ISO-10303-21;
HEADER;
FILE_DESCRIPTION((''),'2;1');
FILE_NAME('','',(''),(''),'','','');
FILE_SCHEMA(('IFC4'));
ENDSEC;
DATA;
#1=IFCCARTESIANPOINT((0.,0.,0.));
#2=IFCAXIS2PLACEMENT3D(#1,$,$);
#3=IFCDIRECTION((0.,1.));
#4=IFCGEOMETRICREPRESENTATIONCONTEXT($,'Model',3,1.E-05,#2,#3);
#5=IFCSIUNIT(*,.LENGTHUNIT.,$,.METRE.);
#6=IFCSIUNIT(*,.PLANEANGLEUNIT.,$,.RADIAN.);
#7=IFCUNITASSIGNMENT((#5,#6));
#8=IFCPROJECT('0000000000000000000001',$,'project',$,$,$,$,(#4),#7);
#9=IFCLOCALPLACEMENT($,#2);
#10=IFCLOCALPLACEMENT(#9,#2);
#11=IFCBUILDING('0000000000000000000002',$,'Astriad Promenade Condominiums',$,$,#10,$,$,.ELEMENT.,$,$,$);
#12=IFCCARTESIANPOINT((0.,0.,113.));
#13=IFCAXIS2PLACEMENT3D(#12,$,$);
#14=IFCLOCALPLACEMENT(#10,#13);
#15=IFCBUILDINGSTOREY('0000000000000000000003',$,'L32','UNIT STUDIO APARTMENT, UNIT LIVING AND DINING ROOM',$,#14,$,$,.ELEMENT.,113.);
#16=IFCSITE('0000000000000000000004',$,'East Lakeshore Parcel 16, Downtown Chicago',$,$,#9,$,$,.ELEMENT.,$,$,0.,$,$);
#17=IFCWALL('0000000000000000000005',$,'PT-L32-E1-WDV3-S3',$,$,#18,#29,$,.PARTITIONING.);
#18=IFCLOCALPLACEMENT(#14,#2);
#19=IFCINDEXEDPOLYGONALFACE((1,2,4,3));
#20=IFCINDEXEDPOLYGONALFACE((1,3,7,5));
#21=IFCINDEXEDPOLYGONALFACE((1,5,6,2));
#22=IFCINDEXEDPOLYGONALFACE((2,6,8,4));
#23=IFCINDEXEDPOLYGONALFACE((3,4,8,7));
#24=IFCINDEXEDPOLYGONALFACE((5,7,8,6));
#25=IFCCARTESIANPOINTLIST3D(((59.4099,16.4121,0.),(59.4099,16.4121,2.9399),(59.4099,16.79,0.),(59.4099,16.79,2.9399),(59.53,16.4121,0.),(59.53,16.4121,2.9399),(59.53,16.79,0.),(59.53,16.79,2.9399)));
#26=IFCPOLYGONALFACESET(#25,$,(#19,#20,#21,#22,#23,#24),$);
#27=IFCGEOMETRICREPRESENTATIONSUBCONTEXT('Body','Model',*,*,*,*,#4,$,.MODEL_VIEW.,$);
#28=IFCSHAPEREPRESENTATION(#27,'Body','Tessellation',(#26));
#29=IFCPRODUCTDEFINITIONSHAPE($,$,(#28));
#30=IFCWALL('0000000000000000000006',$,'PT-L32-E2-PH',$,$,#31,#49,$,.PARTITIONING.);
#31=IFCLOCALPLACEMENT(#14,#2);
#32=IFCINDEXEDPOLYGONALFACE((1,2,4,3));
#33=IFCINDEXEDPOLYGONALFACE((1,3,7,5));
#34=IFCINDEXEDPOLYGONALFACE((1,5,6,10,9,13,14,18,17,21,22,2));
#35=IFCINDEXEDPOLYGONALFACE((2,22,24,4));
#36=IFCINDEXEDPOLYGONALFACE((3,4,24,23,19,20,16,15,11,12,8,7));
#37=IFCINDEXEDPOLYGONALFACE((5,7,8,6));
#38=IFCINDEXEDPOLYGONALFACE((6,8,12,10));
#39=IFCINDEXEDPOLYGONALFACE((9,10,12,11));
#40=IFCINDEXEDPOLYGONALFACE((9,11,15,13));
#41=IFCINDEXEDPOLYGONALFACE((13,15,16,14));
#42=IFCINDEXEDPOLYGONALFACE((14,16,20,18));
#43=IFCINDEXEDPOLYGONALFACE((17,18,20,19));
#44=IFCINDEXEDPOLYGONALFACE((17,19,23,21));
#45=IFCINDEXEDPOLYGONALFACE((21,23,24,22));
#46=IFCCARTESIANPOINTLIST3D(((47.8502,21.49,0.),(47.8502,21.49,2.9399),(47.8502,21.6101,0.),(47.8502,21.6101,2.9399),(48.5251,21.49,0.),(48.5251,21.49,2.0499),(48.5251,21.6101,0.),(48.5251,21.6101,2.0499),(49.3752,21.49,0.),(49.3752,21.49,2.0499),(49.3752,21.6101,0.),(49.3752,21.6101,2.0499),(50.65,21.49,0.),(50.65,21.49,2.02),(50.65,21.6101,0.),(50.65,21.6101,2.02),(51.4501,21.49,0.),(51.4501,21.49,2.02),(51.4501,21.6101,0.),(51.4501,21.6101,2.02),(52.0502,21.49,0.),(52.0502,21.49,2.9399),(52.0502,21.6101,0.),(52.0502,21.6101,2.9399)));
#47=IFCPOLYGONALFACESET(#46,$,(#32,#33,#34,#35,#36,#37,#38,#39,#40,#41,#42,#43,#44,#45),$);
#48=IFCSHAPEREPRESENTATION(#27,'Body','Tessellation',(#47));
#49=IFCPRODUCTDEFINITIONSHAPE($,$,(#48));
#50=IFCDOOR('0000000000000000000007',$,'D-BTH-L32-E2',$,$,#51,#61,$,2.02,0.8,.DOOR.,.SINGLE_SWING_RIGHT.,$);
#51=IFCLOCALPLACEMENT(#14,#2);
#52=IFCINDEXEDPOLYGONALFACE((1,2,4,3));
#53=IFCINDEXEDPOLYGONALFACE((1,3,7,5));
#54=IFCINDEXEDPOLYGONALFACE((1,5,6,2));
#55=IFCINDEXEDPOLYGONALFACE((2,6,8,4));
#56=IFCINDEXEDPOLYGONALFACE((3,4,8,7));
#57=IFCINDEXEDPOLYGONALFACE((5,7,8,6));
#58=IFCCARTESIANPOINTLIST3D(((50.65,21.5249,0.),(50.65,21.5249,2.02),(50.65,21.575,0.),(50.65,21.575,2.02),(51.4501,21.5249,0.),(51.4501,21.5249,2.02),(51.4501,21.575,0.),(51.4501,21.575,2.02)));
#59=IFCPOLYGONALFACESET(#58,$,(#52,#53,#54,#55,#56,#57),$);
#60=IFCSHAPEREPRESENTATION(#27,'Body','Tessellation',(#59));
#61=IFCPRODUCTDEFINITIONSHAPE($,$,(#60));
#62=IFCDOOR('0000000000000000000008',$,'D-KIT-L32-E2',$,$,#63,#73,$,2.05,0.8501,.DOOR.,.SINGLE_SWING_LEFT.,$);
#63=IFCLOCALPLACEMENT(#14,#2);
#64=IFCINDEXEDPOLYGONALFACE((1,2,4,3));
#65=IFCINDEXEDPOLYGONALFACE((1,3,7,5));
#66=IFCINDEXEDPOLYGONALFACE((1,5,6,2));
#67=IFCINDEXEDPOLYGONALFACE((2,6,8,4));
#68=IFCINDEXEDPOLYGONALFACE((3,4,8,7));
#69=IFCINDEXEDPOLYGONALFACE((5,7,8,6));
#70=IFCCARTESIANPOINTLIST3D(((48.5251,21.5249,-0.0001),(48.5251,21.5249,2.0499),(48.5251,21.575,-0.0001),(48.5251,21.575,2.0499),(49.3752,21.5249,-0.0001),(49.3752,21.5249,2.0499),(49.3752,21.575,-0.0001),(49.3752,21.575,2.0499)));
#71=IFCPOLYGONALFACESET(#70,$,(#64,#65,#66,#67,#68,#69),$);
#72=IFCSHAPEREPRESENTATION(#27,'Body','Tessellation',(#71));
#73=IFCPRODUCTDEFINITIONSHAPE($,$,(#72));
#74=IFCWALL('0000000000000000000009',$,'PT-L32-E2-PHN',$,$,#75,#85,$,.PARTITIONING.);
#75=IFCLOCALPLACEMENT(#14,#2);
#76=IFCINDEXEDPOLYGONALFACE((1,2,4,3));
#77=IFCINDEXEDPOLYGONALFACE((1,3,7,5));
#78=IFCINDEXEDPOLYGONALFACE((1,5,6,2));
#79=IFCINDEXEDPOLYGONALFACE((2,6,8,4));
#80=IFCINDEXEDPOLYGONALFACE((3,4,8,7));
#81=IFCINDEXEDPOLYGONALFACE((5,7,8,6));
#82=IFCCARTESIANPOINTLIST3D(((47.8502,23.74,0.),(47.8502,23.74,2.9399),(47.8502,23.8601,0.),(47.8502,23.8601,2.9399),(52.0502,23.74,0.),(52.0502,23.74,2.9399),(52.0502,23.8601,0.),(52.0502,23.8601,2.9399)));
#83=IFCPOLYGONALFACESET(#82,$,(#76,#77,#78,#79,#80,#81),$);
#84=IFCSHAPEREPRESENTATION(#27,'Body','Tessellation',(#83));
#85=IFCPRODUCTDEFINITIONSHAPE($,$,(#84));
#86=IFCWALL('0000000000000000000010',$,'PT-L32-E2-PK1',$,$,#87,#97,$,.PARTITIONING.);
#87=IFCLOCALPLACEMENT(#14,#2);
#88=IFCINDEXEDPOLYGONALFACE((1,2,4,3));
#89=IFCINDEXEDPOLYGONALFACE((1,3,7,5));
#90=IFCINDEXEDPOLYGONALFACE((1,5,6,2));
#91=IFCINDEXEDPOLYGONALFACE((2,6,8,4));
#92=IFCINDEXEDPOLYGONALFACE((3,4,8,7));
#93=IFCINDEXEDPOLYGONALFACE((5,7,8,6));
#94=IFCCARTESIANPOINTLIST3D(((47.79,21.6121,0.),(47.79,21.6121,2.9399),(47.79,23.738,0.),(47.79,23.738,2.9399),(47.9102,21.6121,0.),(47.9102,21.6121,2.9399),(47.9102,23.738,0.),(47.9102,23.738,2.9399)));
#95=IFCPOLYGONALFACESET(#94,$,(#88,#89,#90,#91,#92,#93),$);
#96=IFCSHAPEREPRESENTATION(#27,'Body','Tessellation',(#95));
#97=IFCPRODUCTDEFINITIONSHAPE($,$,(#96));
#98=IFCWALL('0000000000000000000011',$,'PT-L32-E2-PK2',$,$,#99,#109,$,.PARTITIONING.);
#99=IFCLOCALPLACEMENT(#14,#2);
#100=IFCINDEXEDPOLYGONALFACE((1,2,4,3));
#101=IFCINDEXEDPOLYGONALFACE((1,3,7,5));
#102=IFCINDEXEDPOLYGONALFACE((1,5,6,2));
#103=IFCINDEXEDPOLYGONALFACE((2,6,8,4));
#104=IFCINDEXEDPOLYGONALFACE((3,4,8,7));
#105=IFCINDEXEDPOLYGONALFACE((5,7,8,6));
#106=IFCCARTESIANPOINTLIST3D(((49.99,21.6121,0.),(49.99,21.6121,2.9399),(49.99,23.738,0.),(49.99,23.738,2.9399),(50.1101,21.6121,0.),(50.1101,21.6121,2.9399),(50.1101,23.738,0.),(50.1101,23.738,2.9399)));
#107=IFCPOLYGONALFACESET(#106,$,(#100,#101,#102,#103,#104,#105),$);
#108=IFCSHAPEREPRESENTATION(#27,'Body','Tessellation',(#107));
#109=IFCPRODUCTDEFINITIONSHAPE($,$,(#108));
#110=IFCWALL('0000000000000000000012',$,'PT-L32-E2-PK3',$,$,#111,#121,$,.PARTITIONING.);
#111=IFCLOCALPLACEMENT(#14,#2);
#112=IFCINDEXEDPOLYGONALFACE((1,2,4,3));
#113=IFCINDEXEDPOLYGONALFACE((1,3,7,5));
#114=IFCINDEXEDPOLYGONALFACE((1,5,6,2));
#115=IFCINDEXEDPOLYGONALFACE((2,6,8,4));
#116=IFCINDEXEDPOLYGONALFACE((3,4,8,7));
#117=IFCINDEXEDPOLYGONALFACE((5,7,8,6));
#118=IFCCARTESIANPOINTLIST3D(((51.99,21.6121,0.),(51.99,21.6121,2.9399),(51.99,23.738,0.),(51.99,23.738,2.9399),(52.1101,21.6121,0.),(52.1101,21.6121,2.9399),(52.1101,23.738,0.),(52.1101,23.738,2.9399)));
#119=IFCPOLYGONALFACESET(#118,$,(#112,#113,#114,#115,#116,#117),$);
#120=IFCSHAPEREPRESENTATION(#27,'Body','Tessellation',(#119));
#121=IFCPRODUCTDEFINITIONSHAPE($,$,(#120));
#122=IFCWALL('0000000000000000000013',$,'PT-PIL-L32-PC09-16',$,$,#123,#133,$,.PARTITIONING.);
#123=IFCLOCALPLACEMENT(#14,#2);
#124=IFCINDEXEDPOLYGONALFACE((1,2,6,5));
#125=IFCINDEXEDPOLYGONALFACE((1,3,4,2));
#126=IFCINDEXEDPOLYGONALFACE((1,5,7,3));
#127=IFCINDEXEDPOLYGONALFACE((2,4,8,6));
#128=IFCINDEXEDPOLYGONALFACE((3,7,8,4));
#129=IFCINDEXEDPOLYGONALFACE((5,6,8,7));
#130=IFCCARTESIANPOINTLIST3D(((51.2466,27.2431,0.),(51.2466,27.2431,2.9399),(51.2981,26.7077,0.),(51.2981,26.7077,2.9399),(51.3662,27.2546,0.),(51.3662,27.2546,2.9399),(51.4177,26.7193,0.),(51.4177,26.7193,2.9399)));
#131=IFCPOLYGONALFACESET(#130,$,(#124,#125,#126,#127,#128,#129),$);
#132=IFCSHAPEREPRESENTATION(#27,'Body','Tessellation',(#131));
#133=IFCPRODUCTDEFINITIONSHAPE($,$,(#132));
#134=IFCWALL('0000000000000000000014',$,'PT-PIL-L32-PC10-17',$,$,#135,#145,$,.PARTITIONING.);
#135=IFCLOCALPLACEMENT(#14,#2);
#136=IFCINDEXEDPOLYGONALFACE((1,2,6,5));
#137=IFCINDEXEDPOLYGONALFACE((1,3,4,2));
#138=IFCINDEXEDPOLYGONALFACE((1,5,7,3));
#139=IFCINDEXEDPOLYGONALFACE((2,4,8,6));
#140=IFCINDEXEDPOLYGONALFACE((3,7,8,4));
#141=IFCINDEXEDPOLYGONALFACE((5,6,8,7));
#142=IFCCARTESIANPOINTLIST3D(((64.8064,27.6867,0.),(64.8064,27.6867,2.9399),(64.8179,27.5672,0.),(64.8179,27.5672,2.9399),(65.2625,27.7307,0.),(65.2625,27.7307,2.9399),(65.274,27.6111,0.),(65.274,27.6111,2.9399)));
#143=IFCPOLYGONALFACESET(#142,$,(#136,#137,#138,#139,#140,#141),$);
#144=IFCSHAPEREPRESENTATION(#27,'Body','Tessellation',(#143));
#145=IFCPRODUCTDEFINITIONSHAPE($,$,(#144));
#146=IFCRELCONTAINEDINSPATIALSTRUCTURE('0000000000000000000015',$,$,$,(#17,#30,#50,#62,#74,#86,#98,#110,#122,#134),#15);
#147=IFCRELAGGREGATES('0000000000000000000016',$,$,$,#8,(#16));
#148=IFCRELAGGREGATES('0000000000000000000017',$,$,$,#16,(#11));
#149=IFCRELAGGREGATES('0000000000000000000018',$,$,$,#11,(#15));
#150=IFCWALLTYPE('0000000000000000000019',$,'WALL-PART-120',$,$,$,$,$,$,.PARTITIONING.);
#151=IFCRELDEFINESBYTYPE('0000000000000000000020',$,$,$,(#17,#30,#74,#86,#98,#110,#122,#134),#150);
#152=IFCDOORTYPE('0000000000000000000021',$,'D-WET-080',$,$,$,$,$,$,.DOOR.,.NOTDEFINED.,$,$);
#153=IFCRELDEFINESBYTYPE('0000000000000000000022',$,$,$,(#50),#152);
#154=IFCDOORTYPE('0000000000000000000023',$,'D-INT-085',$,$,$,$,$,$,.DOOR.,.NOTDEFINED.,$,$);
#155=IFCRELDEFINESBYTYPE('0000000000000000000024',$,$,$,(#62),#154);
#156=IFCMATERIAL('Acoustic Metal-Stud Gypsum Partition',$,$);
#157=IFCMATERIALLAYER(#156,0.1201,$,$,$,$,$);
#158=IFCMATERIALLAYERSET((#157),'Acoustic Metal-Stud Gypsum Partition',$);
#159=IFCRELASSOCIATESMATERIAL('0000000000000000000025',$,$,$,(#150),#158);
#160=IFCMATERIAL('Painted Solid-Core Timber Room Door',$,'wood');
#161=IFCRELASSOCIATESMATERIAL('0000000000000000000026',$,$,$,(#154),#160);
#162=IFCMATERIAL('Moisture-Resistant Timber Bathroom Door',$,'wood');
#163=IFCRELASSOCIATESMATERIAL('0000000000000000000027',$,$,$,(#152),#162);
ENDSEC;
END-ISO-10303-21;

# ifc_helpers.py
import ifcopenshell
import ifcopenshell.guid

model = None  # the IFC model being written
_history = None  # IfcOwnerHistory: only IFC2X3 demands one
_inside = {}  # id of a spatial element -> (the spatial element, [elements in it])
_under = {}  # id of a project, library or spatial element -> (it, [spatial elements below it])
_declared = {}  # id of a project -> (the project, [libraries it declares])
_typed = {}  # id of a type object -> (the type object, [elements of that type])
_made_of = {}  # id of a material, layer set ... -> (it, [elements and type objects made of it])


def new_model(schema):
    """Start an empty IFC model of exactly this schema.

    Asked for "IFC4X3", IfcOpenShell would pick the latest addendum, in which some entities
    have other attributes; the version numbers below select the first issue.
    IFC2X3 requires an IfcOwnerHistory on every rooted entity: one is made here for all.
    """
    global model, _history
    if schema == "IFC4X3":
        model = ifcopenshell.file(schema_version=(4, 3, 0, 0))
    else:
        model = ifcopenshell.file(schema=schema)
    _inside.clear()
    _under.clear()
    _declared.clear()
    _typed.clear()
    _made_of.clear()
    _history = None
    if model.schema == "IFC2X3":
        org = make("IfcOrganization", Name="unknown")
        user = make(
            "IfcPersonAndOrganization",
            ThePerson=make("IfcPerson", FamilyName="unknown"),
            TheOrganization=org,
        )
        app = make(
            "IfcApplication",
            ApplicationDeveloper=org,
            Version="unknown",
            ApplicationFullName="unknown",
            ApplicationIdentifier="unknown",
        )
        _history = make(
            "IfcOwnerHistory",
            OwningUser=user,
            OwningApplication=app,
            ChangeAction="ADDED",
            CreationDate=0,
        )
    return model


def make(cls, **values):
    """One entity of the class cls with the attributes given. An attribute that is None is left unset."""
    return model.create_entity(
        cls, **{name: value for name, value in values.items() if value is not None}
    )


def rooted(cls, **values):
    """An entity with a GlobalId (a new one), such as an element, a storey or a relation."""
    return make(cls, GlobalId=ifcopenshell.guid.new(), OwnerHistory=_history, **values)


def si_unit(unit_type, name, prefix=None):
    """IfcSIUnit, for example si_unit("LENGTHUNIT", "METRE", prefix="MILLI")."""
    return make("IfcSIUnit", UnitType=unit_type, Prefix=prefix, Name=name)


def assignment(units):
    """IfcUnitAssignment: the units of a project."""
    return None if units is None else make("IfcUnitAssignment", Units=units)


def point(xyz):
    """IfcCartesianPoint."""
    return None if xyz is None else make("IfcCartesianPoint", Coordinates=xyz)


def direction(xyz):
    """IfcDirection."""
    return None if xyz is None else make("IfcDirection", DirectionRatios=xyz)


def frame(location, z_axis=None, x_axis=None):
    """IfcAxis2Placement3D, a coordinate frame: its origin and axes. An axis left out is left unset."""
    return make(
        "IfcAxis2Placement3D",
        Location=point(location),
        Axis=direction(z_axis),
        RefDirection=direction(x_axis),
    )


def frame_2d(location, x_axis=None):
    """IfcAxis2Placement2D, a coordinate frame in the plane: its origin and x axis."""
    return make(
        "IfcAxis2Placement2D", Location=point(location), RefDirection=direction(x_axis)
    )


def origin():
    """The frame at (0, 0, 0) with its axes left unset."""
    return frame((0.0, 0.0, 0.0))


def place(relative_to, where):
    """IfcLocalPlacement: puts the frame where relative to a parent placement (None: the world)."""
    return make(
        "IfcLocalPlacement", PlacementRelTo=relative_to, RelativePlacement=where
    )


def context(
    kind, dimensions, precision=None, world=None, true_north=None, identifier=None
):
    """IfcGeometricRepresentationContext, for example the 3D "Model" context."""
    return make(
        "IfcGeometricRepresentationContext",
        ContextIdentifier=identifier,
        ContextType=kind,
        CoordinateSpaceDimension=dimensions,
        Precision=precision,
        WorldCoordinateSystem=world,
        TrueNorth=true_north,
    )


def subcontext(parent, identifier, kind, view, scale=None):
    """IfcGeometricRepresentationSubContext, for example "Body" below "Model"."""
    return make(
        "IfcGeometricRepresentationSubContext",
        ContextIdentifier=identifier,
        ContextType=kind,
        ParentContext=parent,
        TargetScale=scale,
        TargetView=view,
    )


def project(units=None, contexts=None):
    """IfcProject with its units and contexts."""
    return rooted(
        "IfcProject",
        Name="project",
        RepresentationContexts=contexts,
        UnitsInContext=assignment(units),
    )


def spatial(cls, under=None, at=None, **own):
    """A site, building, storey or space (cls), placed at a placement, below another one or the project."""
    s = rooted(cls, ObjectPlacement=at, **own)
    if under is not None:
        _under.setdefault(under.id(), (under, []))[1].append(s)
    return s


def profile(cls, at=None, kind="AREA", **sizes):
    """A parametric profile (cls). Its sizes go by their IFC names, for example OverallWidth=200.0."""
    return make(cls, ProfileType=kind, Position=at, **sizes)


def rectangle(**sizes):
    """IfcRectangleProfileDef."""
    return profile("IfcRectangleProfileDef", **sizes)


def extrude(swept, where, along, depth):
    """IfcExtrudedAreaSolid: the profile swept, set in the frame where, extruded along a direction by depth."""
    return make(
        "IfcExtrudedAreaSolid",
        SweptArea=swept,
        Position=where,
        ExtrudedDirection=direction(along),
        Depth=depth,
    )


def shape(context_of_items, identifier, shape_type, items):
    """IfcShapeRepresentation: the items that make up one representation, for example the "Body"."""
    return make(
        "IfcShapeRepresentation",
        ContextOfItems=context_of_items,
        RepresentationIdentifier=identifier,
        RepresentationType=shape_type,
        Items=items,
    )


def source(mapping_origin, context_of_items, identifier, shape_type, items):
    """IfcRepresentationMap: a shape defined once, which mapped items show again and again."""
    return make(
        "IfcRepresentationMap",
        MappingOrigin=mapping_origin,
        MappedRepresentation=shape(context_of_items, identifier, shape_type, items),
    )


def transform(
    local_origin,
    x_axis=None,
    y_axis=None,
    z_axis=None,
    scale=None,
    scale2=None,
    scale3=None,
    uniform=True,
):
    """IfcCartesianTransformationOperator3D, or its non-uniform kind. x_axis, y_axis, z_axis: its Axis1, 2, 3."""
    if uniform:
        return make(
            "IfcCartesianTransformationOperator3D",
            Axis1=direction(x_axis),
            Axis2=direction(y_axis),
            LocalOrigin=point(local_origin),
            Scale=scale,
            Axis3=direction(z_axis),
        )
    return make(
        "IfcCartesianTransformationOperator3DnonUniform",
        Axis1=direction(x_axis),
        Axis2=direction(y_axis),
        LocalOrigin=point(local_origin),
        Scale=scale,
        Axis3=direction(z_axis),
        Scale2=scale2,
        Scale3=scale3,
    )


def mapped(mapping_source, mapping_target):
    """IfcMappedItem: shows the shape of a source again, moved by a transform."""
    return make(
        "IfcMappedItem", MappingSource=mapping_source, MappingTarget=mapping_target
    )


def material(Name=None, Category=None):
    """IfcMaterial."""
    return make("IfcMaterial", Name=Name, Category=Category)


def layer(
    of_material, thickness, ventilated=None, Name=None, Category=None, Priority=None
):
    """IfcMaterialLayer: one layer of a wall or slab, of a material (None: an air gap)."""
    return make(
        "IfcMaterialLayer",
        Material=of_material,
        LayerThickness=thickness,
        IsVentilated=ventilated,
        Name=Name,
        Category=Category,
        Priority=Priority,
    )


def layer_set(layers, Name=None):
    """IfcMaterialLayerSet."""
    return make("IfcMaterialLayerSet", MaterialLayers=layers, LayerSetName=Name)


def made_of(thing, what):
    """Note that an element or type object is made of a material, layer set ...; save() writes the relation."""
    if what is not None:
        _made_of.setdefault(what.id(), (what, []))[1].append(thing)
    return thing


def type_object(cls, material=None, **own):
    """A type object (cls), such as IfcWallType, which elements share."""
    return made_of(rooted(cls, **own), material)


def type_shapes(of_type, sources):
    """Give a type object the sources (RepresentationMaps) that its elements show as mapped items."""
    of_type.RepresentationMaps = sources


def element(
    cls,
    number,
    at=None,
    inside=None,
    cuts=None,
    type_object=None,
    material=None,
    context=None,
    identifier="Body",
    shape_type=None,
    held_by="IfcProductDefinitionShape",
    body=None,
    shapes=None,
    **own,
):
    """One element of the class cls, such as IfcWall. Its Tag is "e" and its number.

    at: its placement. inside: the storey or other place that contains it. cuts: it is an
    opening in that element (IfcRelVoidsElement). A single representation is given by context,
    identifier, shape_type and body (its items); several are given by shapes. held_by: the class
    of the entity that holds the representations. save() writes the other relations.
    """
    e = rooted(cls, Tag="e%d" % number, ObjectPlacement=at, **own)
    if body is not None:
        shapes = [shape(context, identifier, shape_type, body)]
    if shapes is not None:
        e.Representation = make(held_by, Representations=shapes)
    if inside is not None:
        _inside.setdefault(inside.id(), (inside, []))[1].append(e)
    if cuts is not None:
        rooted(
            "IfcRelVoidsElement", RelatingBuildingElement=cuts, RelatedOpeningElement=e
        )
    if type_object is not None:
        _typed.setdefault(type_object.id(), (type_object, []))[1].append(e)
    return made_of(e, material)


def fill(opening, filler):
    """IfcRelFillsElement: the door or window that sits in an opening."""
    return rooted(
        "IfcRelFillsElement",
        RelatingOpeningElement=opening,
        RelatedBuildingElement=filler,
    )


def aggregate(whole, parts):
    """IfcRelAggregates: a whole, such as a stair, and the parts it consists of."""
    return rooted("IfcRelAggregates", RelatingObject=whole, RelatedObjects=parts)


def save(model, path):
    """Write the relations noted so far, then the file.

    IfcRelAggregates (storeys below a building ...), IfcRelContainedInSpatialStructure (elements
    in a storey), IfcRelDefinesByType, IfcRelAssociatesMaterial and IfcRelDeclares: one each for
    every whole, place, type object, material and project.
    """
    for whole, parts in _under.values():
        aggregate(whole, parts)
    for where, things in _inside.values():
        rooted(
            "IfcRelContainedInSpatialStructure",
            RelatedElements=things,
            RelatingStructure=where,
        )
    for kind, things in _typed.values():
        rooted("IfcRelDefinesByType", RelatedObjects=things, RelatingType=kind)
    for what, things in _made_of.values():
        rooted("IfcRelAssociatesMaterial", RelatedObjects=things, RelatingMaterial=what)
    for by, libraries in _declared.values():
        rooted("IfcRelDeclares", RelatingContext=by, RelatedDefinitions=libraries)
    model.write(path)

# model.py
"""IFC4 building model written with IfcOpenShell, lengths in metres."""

from ifc_helpers import new_model, si_unit, direction, frame, frame_2d, origin, place, context, subcontext, project, spatial, rectangle, extrude, source, transform, mapped, material, layer, layer_set, type_object, type_shapes, element, fill, save


model = new_model("IFC4")

# Units and contexts
model_context = context("Model", 3, precision=1e-05, world=origin(), true_north=direction((0.0, 1.0)))
body_context = subcontext(model_context, "Body", "Model", "MODEL_VIEW")
ifc_project = project(units=[si_unit("LENGTHUNIT", "METRE"), si_unit("PLANEANGLEUNIT", "RADIAN")], contexts=[model_context])

# Site, building, storey
site_placement = place(None, origin())
site = spatial("IfcSite", under=ifc_project, at=site_placement, Name="East Lakeshore Parcel 16, Downtown Chicago", CompositionType="ELEMENT", RefElevation=0.0)
building_placement = place(site_placement, origin())
building = spatial("IfcBuilding", under=site, at=building_placement, Name="Astriad Promenade Condominiums", CompositionType="ELEMENT")
storey_placement = place(building_placement, frame((0.0, 0.0, 113.0)))
storey = spatial("IfcBuildingStorey", under=building, at=storey_placement, Name="L32", Description="UNIT STUDIO APARTMENT, UNIT LIVING AND DINING ROOM", CompositionType="ELEMENT", Elevation=113.0)

# Shared definitions
ifc_material_1 = material(Name="Acoustic Metal-Stud Gypsum Partition")
ifc_layer_1 = layer(ifc_material_1, 0.1201)
ifc_layer_set_1 = layer_set([ifc_layer_1], Name="Acoustic Metal-Stud Gypsum Partition")
wall_type_1 = type_object("IfcWallType", Name="WALL-PART-120", PredefinedType="PARTITIONING", material=ifc_layer_set_1)

# Shared definitions
ifc_material_2 = material(Name="Painted Solid-Core Timber Room Door", Category="wood")
door_type_1 = type_object("IfcDoorType", Name="D-INT-085", OperationType="NOTDEFINED", PredefinedType="DOOR", material=ifc_material_2)
shared_shape_1 = source(origin(), body_context, "Body", "SweptSolid", [
    extrude(rectangle(XDim=0.8501, YDim=2.05, at=frame_2d((0.425, 1.0249))), frame((0.0, 0.0249, 0.0), z_axis=(0.0, -1.0, 0.0), x_axis=(1.0, 0.0, 0.0)), (0.0, 0.0, 1.0), 0.05),
])
type_shapes(door_type_1, [shared_shape_1])

# Wall
wall_1_placement = place(storey_placement, frame((59.47, 16.4121, 0.0), z_axis=(0.0, 0.0, 1.0), x_axis=(0.0, 1.0, 0.0)))
element("IfcWall", 1, at=wall_1_placement, inside=storey, type_object=wall_type_1, Name="PT-L32-E1-WDV3-S3", PredefinedType="PARTITIONING", context=body_context, shape_type="SweptSolid", body=[
    extrude(rectangle(XDim=0.3779, YDim=0.1201, at=frame_2d((0.189, 0.0))), origin(), (0.0, 0.0, 1.0), 2.9399),
])

# Wall, openings, doors
wall_2_placement = place(storey_placement, frame((47.8501, 21.55, 0.0), z_axis=(0.0, 0.0, 1.0), x_axis=(1.0, 0.0, 0.0)))
wall_2 = element("IfcWall", 2, at=wall_2_placement, inside=storey, type_object=wall_type_1, Name="PT-L32-E2-PH", PredefinedType="PARTITIONING", context=body_context, shape_type="SweptSolid", body=[
    extrude(rectangle(XDim=4.2, YDim=0.1201, at=frame_2d((2.1001, 0.0))), origin(), (0.0, 0.0, 1.0), 2.9399),
])
opening_1_placement = place(wall_2_placement, frame((0.675, 0.0, 0.0)))
opening_1 = element("IfcOpeningElement", 3, at=opening_1_placement, cuts=wall_2, PredefinedType="OPENING", context=body_context, shape_type="SweptSolid", body=[
    extrude(rectangle(XDim=0.8501, YDim=2.05, at=frame_2d((0.425, 1.0249))), frame((0.0, 0.0701, 0.0), z_axis=(0.0, -1.0, 0.0), x_axis=(1.0, 0.0, 0.0)), (0.0, 0.0, 1.0), 0.1401),
])
opening_2_placement = place(wall_2_placement, frame((2.8, 0.0, 0.0)))
opening_2 = element("IfcOpeningElement", 4, at=opening_2_placement, cuts=wall_2, PredefinedType="OPENING", context=body_context, shape_type="SweptSolid", body=[
    extrude(rectangle(XDim=0.8, YDim=2.02, at=frame_2d((0.3999, 1.01))), frame((0.0, 0.0701, 0.0), z_axis=(0.0, -1.0, 0.0), x_axis=(1.0, 0.0, 0.0)), (0.0, 0.0, 1.0), 0.1401),
])
ifc_material_3 = material(Name="Moisture-Resistant Timber Bathroom Door", Category="wood")
door_type_2 = type_object("IfcDoorType", Name="D-WET-080", OperationType="NOTDEFINED", PredefinedType="DOOR", material=ifc_material_3)
shared_shape_2 = source(origin(), body_context, "Body", "SweptSolid", [
    extrude(rectangle(XDim=0.8, YDim=2.02, at=frame_2d((0.3999, 1.01))), frame((0.0, 0.0249, 0.0), z_axis=(0.0, -1.0, 0.0), x_axis=(1.0, 0.0, 0.0)), (0.0, 0.0, 1.0), 0.05),
])
type_shapes(door_type_2, [shared_shape_2])
door_1_placement = place(opening_2_placement, origin())
door_1 = element("IfcDoor", 5, at=door_1_placement, inside=storey, type_object=door_type_2, Name="D-BTH-L32-E2", OperationType="SINGLE_SWING_RIGHT", OverallHeight=2.02, OverallWidth=0.8, PredefinedType="DOOR", context=body_context, shape_type="MappedRepresentation", body=[
    mapped(shared_shape_2, transform((0.0, 0.0, 0.0), scale=1.0)),
])
fill(opening_2, door_1)
door_2_placement = place(opening_1_placement, origin())
door_2 = element("IfcDoor", 6, at=door_2_placement, inside=storey, type_object=door_type_1, Name="D-KIT-L32-E2", OperationType="SINGLE_SWING_LEFT", OverallHeight=2.05, OverallWidth=0.8501, PredefinedType="DOOR", context=body_context, shape_type="MappedRepresentation", body=[
    mapped(shared_shape_1, transform((0.0, 0.0, 0.0), scale=1.0)),
])
fill(opening_1, door_2)

# Walls
wall_3_placement = place(storey_placement, frame((47.8501, 23.8, 0.0), z_axis=(0.0, 0.0, 1.0), x_axis=(1.0, 0.0, 0.0)))
element("IfcWall", 7, at=wall_3_placement, inside=storey, type_object=wall_type_1, Name="PT-L32-E2-PHN", PredefinedType="PARTITIONING", context=body_context, shape_type="SweptSolid", body=[
    extrude(rectangle(XDim=4.2, YDim=0.1201, at=frame_2d((2.1001, 0.0))), origin(), (0.0, 0.0, 1.0), 2.9399),
])
for number, where, z_axis, x_axis, name in (
    (8, (47.8501, 21.6121, 0.0), (0.0, 0.0, 1.0), (0.0, 1.0, 0.0), "PT-L32-E2-PK1"),
    (9, (50.05, 21.6121, 0.0), (0.0, 0.0, 1.0), (0.0, 1.0, 0.0), "PT-L32-E2-PK2"),
    (10, (52.05, 21.6121, 0.0), (0.0, 0.0, 1.0), (0.0, 1.0, 0.0), "PT-L32-E2-PK3"),
):
    element("IfcWall", number, at=place(storey_placement, frame(where, z_axis=z_axis, x_axis=x_axis)), inside=storey, type_object=wall_type_1, Name=name, PredefinedType="PARTITIONING", context=body_context, shape_type="SweptSolid", body=[
        extrude(rectangle(XDim=2.126, YDim=0.1201, at=frame_2d((1.063, 0.0))), origin(), (0.0, 0.0, 1.0), 2.9399),
    ])
wall_4_placement = place(storey_placement, frame((51.3579, 26.7134, 0.0), z_axis=(0.0, 0.0, 1.0), x_axis=(-0.095773, 0.995403, 0.0)))
element("IfcWall", 11, at=wall_4_placement, inside=storey, type_object=wall_type_1, Name="PT-PIL-L32-PC09-16", PredefinedType="PARTITIONING", context=body_context, shape_type="SweptSolid", body=[
    extrude(rectangle(XDim=0.5378, YDim=0.1201, at=frame_2d((0.269, 0.0))), origin(), (0.0, 0.0, 1.0), 2.9399),
])
wall_5_placement = place(storey_placement, frame((64.8123, 27.627, 0.0), z_axis=(0.0, 0.0, 1.0), x_axis=(0.995389, 0.095915, 0.0)))
element("IfcWall", 12, at=wall_5_placement, inside=storey, type_object=wall_type_1, Name="PT-PIL-L32-PC10-17", PredefinedType="PARTITIONING", context=body_context, shape_type="SweptSolid", body=[
    extrude(rectangle(XDim=0.4583, YDim=0.1201, at=frame_2d((0.229, 0.0))), origin(), (0.0, 0.0, 1.0), 2.9399),
])

save(model, "model.ifc")
